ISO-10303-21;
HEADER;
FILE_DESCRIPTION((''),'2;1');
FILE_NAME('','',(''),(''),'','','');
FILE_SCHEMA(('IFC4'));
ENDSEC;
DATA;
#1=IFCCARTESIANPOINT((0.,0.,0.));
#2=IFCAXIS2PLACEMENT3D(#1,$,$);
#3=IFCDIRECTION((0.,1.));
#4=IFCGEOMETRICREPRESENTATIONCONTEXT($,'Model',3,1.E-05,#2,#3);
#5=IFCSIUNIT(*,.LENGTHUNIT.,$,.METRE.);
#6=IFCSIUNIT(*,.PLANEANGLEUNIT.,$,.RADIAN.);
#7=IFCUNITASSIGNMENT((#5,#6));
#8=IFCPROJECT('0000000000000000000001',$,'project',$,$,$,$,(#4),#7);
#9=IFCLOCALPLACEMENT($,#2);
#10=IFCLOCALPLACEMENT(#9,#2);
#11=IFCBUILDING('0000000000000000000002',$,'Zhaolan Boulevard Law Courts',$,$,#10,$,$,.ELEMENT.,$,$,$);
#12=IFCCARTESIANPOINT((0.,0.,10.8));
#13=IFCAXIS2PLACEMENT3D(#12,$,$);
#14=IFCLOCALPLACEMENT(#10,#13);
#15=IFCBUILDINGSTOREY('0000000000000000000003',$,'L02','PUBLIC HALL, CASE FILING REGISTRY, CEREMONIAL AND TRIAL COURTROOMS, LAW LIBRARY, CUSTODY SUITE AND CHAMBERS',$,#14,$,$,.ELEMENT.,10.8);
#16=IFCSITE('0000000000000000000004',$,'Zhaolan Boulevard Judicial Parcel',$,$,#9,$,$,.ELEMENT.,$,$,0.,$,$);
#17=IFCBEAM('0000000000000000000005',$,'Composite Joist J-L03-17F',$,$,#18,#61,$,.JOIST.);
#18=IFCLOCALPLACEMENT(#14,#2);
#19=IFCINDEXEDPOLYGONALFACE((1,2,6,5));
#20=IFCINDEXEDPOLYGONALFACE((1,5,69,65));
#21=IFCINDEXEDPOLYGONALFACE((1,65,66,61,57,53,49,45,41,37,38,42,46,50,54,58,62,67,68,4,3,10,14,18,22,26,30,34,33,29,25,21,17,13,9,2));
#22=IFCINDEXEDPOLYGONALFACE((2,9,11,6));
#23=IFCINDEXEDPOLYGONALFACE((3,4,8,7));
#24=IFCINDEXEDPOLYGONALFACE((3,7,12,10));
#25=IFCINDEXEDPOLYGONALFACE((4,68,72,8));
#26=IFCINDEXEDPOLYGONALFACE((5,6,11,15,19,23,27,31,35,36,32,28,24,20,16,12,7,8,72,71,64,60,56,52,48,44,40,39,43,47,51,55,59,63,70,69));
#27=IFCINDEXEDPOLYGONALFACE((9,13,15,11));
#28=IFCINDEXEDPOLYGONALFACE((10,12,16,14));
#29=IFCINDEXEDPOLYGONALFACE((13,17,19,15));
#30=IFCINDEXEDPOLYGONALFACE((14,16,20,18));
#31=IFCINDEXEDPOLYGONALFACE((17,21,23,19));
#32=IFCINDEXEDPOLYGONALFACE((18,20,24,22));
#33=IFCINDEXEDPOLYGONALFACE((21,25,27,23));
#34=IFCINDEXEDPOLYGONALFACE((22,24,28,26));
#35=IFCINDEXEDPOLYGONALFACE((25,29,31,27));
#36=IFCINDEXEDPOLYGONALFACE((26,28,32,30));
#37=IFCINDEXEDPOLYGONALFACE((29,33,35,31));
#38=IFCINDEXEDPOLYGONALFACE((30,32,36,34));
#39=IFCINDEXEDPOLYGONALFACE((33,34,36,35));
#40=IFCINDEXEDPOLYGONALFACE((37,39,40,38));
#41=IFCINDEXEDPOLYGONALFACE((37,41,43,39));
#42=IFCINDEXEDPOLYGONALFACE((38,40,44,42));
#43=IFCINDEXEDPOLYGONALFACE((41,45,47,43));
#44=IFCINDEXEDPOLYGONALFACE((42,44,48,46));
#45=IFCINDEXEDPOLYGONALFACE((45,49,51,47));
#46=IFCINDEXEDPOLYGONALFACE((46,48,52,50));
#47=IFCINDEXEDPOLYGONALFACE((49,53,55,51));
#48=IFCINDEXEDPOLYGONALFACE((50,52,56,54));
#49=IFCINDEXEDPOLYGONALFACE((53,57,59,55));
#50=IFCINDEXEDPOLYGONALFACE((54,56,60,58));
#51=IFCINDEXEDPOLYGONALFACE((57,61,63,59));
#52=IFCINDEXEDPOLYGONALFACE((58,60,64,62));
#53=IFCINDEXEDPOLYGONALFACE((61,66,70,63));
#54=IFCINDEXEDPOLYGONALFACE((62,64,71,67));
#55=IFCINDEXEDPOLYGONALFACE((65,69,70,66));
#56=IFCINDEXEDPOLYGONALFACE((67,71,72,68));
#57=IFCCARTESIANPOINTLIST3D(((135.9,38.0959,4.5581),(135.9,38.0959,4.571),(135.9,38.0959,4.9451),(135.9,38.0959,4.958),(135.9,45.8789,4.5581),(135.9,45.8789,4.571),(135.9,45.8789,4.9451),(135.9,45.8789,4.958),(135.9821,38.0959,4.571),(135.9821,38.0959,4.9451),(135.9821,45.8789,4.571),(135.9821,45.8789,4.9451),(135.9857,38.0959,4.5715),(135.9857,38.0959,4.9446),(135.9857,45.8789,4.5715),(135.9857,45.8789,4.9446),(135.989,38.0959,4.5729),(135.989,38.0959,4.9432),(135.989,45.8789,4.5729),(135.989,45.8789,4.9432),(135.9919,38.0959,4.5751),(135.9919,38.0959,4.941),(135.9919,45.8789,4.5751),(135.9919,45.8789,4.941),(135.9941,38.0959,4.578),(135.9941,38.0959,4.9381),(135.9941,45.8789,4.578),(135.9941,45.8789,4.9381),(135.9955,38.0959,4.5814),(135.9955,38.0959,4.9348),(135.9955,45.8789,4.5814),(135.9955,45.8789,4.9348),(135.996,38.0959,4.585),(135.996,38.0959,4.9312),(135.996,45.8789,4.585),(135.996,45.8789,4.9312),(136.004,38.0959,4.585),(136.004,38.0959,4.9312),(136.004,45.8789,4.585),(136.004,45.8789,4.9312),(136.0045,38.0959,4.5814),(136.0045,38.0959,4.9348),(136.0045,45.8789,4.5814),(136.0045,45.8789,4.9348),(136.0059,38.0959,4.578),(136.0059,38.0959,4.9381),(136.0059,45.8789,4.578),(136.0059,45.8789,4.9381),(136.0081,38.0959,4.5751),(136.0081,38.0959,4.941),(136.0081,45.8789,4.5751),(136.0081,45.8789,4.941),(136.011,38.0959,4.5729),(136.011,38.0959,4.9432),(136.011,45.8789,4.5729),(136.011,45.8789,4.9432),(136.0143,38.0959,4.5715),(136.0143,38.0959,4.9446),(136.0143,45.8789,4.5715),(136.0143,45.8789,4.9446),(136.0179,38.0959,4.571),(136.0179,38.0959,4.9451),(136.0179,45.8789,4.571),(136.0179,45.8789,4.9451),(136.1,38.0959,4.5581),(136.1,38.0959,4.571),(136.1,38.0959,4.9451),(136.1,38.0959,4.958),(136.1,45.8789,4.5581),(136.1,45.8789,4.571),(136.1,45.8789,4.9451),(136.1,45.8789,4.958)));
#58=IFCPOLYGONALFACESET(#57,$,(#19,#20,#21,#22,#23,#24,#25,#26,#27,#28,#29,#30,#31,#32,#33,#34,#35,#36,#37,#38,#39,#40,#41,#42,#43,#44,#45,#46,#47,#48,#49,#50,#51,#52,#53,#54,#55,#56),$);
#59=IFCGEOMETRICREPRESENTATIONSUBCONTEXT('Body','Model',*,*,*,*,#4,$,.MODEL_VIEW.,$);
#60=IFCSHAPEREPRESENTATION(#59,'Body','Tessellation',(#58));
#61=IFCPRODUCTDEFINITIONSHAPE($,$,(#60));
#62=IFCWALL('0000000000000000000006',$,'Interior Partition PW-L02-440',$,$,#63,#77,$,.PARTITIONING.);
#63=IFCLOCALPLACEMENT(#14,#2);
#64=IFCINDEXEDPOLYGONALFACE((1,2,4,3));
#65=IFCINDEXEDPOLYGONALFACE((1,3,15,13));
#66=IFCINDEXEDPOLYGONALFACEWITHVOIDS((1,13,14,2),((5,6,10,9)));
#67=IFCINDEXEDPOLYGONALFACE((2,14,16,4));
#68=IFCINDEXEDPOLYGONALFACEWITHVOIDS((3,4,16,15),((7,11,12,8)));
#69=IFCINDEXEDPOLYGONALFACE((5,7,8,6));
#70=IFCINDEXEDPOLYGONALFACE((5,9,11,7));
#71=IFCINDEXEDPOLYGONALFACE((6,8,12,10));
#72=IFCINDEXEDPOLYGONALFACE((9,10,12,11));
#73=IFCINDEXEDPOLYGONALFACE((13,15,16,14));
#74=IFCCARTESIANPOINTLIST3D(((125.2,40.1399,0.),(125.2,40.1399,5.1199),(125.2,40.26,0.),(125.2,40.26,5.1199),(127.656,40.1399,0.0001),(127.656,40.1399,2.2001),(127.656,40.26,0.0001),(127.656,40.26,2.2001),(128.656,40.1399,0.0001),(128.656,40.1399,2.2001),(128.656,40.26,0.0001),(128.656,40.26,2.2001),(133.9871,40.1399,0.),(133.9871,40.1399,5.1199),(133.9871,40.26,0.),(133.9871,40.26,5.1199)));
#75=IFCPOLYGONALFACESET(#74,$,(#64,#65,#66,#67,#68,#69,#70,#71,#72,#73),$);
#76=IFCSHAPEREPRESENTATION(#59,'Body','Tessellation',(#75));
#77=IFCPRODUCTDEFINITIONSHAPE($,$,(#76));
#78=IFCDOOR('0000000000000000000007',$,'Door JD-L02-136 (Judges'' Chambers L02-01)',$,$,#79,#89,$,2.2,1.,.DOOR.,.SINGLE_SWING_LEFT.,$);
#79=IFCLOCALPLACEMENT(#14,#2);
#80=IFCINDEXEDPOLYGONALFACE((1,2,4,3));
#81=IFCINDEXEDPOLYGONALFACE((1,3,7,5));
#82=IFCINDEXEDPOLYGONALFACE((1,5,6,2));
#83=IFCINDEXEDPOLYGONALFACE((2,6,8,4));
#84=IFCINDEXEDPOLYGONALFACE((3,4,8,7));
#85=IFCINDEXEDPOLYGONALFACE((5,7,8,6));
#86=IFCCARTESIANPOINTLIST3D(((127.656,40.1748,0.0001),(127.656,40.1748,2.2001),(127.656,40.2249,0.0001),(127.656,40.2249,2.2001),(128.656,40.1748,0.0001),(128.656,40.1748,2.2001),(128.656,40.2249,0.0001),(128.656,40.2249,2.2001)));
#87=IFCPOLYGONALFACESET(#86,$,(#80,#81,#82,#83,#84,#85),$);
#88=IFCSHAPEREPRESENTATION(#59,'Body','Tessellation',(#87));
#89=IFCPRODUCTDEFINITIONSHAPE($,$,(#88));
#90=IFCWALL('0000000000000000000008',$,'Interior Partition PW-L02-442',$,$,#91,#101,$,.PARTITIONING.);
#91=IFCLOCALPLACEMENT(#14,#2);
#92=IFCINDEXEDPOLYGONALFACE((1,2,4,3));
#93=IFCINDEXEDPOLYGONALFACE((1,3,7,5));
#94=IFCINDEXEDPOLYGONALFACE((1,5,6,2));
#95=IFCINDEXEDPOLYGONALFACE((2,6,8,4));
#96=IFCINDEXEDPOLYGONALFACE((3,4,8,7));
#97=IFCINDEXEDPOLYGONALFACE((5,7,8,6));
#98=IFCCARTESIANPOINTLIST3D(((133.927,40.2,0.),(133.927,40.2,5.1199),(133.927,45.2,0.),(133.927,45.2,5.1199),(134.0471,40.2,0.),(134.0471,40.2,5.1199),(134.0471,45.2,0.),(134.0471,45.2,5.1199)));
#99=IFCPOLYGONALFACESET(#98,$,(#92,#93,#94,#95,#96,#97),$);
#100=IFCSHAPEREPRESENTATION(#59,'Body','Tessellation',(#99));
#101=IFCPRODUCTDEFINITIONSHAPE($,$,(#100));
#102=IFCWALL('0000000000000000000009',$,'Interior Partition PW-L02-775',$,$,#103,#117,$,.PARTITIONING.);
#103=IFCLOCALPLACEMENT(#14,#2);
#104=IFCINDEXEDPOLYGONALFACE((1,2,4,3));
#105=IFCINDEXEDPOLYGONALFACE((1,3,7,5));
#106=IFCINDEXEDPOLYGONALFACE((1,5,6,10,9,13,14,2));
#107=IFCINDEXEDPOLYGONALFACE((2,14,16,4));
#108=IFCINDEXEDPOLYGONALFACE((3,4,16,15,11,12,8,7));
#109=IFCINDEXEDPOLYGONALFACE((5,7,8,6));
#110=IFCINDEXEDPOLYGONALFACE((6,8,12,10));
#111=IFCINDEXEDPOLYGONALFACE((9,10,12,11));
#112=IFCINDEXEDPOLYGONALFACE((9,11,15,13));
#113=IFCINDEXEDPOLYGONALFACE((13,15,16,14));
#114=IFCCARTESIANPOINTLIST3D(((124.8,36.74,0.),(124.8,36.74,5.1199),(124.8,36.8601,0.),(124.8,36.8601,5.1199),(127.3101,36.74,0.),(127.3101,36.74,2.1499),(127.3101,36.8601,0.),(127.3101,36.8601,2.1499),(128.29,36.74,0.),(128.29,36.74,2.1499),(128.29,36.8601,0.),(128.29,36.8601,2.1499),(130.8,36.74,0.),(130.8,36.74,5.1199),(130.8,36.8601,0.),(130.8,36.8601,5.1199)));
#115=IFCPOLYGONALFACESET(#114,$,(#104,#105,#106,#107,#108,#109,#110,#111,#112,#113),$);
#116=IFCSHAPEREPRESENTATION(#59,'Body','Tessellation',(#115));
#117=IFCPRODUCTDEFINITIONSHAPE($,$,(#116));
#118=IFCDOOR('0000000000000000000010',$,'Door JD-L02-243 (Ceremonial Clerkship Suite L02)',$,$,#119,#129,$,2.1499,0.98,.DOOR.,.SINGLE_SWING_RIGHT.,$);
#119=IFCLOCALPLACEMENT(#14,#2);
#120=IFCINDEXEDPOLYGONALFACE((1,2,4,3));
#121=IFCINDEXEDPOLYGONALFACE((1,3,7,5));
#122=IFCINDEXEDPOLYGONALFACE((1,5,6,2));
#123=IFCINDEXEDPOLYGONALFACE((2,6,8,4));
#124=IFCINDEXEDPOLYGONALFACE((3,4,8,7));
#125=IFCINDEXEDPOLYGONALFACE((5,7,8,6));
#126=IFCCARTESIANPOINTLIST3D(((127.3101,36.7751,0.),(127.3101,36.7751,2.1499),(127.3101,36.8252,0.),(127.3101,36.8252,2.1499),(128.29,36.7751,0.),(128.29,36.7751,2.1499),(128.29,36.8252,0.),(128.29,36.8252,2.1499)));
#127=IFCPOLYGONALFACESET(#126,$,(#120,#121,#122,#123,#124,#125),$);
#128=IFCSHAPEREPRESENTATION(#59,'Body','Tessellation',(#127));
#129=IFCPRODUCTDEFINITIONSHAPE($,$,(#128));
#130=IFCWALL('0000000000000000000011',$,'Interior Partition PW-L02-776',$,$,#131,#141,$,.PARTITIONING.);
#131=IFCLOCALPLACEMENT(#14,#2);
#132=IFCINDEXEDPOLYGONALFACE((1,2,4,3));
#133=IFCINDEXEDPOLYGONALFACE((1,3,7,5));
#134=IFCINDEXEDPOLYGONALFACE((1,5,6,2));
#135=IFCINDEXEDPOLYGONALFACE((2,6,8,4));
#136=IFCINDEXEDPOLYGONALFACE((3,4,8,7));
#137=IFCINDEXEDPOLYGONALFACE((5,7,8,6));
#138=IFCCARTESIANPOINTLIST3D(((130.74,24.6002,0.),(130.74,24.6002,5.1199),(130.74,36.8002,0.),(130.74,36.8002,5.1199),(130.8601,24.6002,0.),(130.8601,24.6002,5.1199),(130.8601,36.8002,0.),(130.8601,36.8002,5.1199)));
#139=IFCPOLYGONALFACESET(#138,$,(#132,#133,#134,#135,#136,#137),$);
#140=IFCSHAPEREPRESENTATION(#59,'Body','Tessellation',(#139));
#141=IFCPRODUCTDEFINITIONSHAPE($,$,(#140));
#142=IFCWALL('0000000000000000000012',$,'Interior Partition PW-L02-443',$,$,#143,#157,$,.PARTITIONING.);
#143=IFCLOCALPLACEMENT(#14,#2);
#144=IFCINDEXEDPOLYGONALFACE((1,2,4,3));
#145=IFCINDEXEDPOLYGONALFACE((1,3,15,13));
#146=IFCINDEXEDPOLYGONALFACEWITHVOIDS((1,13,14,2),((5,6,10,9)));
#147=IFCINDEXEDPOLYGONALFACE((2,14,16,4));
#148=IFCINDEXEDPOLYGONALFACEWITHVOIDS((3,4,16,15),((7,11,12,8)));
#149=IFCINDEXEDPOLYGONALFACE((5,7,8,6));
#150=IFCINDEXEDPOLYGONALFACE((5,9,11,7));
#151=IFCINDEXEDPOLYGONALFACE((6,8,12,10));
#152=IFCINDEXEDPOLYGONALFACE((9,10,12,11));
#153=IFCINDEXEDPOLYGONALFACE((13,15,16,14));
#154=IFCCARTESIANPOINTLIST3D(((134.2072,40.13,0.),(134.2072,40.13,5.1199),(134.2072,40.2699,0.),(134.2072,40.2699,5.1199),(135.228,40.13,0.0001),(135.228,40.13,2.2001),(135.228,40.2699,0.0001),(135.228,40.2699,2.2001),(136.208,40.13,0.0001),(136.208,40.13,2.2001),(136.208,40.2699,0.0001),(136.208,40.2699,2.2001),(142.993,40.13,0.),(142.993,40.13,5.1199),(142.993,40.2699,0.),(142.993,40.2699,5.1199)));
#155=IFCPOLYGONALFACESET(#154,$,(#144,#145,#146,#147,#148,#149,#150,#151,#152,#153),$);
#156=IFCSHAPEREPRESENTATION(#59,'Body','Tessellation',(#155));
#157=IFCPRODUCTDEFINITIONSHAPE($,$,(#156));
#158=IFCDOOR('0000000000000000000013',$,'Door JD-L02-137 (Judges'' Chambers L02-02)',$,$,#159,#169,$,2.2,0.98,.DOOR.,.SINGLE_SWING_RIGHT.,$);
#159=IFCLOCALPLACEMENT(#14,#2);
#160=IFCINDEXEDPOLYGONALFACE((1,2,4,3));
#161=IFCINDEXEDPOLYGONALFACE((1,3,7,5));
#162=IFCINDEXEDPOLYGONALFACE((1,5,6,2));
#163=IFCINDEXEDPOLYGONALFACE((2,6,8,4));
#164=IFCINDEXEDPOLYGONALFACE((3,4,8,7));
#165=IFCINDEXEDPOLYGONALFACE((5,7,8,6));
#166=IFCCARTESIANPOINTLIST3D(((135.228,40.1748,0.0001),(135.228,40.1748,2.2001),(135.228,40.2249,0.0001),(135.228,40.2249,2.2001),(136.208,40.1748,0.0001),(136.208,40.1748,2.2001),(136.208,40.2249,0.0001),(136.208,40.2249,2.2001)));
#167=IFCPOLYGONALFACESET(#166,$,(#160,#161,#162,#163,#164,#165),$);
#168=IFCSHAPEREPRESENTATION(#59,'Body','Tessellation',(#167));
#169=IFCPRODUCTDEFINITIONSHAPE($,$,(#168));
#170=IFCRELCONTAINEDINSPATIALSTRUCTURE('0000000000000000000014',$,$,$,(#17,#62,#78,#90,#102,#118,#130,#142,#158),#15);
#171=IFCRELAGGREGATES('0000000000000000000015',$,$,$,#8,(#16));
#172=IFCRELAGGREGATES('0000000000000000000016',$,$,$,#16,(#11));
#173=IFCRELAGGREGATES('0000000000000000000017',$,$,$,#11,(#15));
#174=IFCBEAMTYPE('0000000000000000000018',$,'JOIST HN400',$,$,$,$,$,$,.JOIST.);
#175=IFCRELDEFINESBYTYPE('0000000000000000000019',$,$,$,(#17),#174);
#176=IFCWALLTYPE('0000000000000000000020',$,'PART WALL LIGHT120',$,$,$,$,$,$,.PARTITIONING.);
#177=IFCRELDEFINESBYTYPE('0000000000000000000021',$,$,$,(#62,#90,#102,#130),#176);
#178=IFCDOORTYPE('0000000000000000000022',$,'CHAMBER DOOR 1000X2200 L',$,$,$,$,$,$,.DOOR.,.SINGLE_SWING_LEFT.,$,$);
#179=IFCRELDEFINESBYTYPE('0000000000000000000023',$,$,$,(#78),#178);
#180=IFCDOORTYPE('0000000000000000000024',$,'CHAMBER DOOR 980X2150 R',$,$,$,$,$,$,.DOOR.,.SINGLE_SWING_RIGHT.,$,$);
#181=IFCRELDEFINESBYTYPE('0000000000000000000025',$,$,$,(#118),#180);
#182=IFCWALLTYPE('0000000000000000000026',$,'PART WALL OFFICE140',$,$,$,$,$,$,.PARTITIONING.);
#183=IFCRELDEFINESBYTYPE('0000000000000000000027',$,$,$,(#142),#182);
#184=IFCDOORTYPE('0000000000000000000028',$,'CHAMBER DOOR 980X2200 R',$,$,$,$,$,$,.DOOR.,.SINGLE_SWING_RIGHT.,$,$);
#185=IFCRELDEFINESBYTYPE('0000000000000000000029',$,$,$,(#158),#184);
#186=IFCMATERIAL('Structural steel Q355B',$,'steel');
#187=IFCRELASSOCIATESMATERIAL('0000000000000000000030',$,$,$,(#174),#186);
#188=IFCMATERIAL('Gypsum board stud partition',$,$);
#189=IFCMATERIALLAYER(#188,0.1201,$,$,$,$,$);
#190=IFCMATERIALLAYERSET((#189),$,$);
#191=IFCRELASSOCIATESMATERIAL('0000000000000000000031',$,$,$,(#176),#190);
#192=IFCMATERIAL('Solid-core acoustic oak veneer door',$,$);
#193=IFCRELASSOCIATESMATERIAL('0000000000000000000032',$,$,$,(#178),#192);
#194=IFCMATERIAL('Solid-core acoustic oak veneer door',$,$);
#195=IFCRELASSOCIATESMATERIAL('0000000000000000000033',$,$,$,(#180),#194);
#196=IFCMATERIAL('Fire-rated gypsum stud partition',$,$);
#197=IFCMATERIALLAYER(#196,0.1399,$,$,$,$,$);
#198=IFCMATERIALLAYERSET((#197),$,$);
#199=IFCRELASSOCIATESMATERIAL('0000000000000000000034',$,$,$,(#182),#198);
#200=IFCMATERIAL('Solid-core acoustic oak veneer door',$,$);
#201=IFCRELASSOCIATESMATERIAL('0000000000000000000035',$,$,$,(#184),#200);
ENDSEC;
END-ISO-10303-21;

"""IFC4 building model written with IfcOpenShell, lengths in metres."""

from ifc_helpers import new_model, si_unit, direction, frame, frame_2d, origin, origin_2d, place, context, subcontext, project, spatial, rectangle, i_section, extrude, material, layer, layer_set, material_profile, profile_set, type_object, element, fill, save


model = new_model("IFC4")

# Units and contexts
model_context = context("Model", 3, precision=1e-05, world=origin(), true_north=direction((0.0, 1.0)))
body_context = subcontext(model_context, "Body", "Model", "MODEL_VIEW")
ifc_project = project(units=[si_unit("LENGTHUNIT", "METRE"), si_unit("PLANEANGLEUNIT", "RADIAN")], contexts=[model_context])

# Site, building, storey
site_placement = place(None, origin())
site = spatial("IfcSite", under=ifc_project, at=site_placement, Name="Zhaolan Boulevard Judicial Parcel", CompositionType="ELEMENT", RefElevation=0.0)
building_placement = place(site_placement, origin())
building = spatial("IfcBuilding", under=site, at=building_placement, Name="Zhaolan Boulevard Law Courts", CompositionType="ELEMENT")
storey_placement = place(building_placement, frame((0.0, 0.0, 10.8)))
storey = spatial("IfcBuildingStorey", under=building, at=storey_placement, Name="L02", Description="PUBLIC HALL, CASE FILING REGISTRY, CEREMONIAL AND TRIAL COURTROOMS, LAW LIBRARY, CUSTODY SUITE AND CHAMBERS", CompositionType="ELEMENT", Elevation=10.8)

# Beam
ifc_material_1 = material(Name="Structural steel Q355B", Category="steel")
ifc_material_profile_1 = material_profile(ifc_material_1, i_section(OverallWidth=0.2, OverallDepth=0.3999, WebThickness=0.0081, FlangeThickness=0.0129, FilletRadius=0.0139, at=origin_2d()), Name="HN400x200")
ifc_profile_set_1 = profile_set([ifc_material_profile_1], Name="Structural steel Q355B")
beam_type_1 = type_object("IfcBeamType", Name="JOIST HN400", PredefinedType="JOIST", material=ifc_profile_set_1)
beam_1_placement = place(storey_placement, frame((136.0, 38.0959, 4.7581), z_axis=(0.0, 1.0, 0.0), x_axis=(-1.0, 0.0, 0.0)))
element("IfcBeam", 1, at=beam_1_placement, inside=storey, type_object=beam_type_1, Name="Composite Joist J-L03-17F", PredefinedType="JOIST", context=body_context, shape_type="SweptSolid", body=[
    extrude(i_section(OverallWidth=0.2, OverallDepth=0.3999, WebThickness=0.0081, FlangeThickness=0.0129, FilletRadius=0.0139, at=origin_2d()), origin(), (0.0, 0.0, 1.0), 7.783),
])

# Wall, opening, door
ifc_material_2 = material(Name="Gypsum board stud partition")
ifc_layer_1 = layer(ifc_material_2, 0.1201)
ifc_layer_set_1 = layer_set([ifc_layer_1])
wall_type_1 = type_object("IfcWallType", Name="PART WALL LIGHT120", PredefinedType="PARTITIONING", material=ifc_layer_set_1)
wall_1_placement = place(storey_placement, frame((125.2, 40.2, 0.0), z_axis=(0.0, 0.0, 1.0), x_axis=(1.0, 0.0, 0.0)))
wall_1 = element("IfcWall", 2, at=wall_1_placement, inside=storey, type_object=wall_type_1, Name="Interior Partition PW-L02-440", PredefinedType="PARTITIONING", context=body_context, shape_type="SweptSolid", body=[
    extrude(rectangle(XDim=8.7871, YDim=0.1201, at=frame_2d((4.3936, 0.0))), origin(), (0.0, 0.0, 1.0), 5.1199),
])
opening_1_placement = place(wall_1_placement, frame((2.4561, 0.0, 0.0)))
opening_1 = element("IfcOpeningElement", 3, at=opening_1_placement, cuts=wall_1, PredefinedType="OPENING", context=body_context, shape_type="SweptSolid", body=[
    extrude(rectangle(XDim=1.0, YDim=2.2, at=frame_2d((0.5, 1.1001))), frame((0.0, 0.0701, 0.0), z_axis=(0.0, -1.0, 0.0), x_axis=(1.0, 0.0, 0.0)), (0.0, 0.0, 1.0), 0.1401),
])
ifc_material_3 = material(Name="Solid-core acoustic oak veneer door")
door_type_1 = type_object("IfcDoorType", Name="CHAMBER DOOR 1000X2200 L", OperationType="SINGLE_SWING_LEFT", PredefinedType="DOOR", material=ifc_material_3)
door_1_placement = place(opening_1_placement, origin())
door_1 = element("IfcDoor", 4, at=door_1_placement, inside=storey, type_object=door_type_1, Name="Door JD-L02-136 (Judges' Chambers L02-01)", OperationType="SINGLE_SWING_LEFT", OverallHeight=2.2, OverallWidth=1.0, PredefinedType="DOOR", context=body_context, shape_type="SweptSolid", body=[
    extrude(rectangle(XDim=1.0, YDim=2.2, at=frame_2d((0.5, 1.1001))), frame((0.0, 0.0249, 0.0), z_axis=(0.0, -1.0, 0.0), x_axis=(1.0, 0.0, 0.0)), (0.0, 0.0, 1.0), 0.05),
])
fill(opening_1, door_1)

# Wall
wall_2_placement = place(storey_placement, frame((133.9871, 40.2, 0.0), z_axis=(0.0, 0.0, 1.0), x_axis=(0.0, 1.0, 0.0)))
element("IfcWall", 5, at=wall_2_placement, inside=storey, type_object=wall_type_1, Name="Interior Partition PW-L02-442", PredefinedType="PARTITIONING", context=body_context, shape_type="SweptSolid", body=[
    extrude(rectangle(XDim=5.0, YDim=0.1201, at=frame_2d((2.5, 0.0))), origin(), (0.0, 0.0, 1.0), 5.1199),
])

# Wall, opening, door
wall_3_placement = place(storey_placement, frame((130.8, 36.8, 0.0), z_axis=(0.0, 0.0, 1.0), x_axis=(-1.0, 0.0, 0.0)))
wall_3 = element("IfcWall", 6, at=wall_3_placement, inside=storey, type_object=wall_type_1, Name="Interior Partition PW-L02-775", PredefinedType="PARTITIONING", context=body_context, shape_type="SweptSolid", body=[
    extrude(rectangle(XDim=6.0, YDim=0.1201, at=frame_2d((3.0, 0.0))), origin(), (0.0, 0.0, 1.0), 5.1199),
])
opening_2_placement = place(wall_3_placement, frame((2.51, 0.0, 0.0)))
opening_2 = element("IfcOpeningElement", 7, at=opening_2_placement, cuts=wall_3, PredefinedType="OPENING", context=body_context, shape_type="SweptSolid", body=[
    extrude(rectangle(XDim=0.98, YDim=2.1499, at=frame_2d((0.49, 1.075))), frame((0.0, 0.0701, 0.0), z_axis=(0.0, -1.0, 0.0), x_axis=(1.0, 0.0, 0.0)), (0.0, 0.0, 1.0), 0.1401),
])
ifc_material_4 = material(Name="Solid-core acoustic oak veneer door")
door_type_2 = type_object("IfcDoorType", Name="CHAMBER DOOR 980X2150 R", OperationType="SINGLE_SWING_RIGHT", PredefinedType="DOOR", material=ifc_material_4)
door_2_placement = place(opening_2_placement, origin())
door_2 = element("IfcDoor", 8, at=door_2_placement, inside=storey, type_object=door_type_2, Name="Door JD-L02-243 (Ceremonial Clerkship Suite L02)", OperationType="SINGLE_SWING_RIGHT", OverallHeight=2.1499, OverallWidth=0.98, PredefinedType="DOOR", context=body_context, shape_type="SweptSolid", body=[
    extrude(rectangle(XDim=0.98, YDim=2.1499, at=frame_2d((0.49, 1.075))), frame((0.0, 0.0249, 0.0), z_axis=(0.0, -1.0, 0.0), x_axis=(1.0, 0.0, 0.0)), (0.0, 0.0, 1.0), 0.05),
])
fill(opening_2, door_2)

# Wall
wall_4_placement = place(storey_placement, frame((130.8, 24.6001, 0.0), z_axis=(0.0, 0.0, 1.0), x_axis=(0.0, 1.0, 0.0)))
element("IfcWall", 9, at=wall_4_placement, inside=storey, type_object=wall_type_1, Name="Interior Partition PW-L02-776", PredefinedType="PARTITIONING", context=body_context, shape_type="SweptSolid", body=[
    extrude(rectangle(XDim=12.2, YDim=0.1201, at=frame_2d((6.1001, 0.0))), origin(), (0.0, 0.0, 1.0), 5.1199),
])

# Wall, opening, door
ifc_material_5 = material(Name="Fire-rated gypsum stud partition")
ifc_layer_2 = layer(ifc_material_5, 0.1399)
ifc_layer_set_2 = layer_set([ifc_layer_2])
wall_type_2 = type_object("IfcWallType", Name="PART WALL OFFICE140", PredefinedType="PARTITIONING", material=ifc_layer_set_2)
wall_5_placement = place(storey_placement, frame((134.207, 40.2, 0.0), z_axis=(0.0, 0.0, 1.0), x_axis=(1.0, 0.0, 0.0)))
wall_5 = element("IfcWall", 10, at=wall_5_placement, inside=storey, type_object=wall_type_2, Name="Interior Partition PW-L02-443", PredefinedType="PARTITIONING", context=body_context, shape_type="SweptSolid", body=[
    extrude(rectangle(XDim=8.7859, YDim=0.1399, at=frame_2d((4.3931, 0.0))), origin(), (0.0, 0.0, 1.0), 5.1199),
])
opening_3_placement = place(wall_5_placement, frame((1.021, 0.0, 0.0)))
opening_3 = element("IfcOpeningElement", 11, at=opening_3_placement, cuts=wall_5, PredefinedType="OPENING", context=body_context, shape_type="SweptSolid", body=[
    extrude(rectangle(XDim=0.98, YDim=2.2, at=frame_2d((0.49, 1.1001))), frame((0.0, 0.0798, 0.0), z_axis=(0.0, -1.0, 0.0), x_axis=(1.0, 0.0, 0.0)), (0.0, 0.0, 1.0), 0.1599),
])
ifc_material_6 = material(Name="Solid-core acoustic oak veneer door")
door_type_3 = type_object("IfcDoorType", Name="CHAMBER DOOR 980X2200 R", OperationType="SINGLE_SWING_RIGHT", PredefinedType="DOOR", material=ifc_material_6)
door_3_placement = place(opening_3_placement, origin())
door_3 = element("IfcDoor", 12, at=door_3_placement, inside=storey, type_object=door_type_3, Name="Door JD-L02-137 (Judges' Chambers L02-02)", OperationType="SINGLE_SWING_RIGHT", OverallHeight=2.2, OverallWidth=0.98, PredefinedType="DOOR", context=body_context, shape_type="SweptSolid", body=[
    extrude(rectangle(XDim=0.98, YDim=2.2, at=frame_2d((0.49, 1.1001))), frame((0.0, 0.0249, 0.0), z_axis=(0.0, -1.0, 0.0), x_axis=(1.0, 0.0, 0.0)), (0.0, 0.0, 1.0), 0.05),
])
fill(opening_3, door_3)

save(model, "model.ifc")
